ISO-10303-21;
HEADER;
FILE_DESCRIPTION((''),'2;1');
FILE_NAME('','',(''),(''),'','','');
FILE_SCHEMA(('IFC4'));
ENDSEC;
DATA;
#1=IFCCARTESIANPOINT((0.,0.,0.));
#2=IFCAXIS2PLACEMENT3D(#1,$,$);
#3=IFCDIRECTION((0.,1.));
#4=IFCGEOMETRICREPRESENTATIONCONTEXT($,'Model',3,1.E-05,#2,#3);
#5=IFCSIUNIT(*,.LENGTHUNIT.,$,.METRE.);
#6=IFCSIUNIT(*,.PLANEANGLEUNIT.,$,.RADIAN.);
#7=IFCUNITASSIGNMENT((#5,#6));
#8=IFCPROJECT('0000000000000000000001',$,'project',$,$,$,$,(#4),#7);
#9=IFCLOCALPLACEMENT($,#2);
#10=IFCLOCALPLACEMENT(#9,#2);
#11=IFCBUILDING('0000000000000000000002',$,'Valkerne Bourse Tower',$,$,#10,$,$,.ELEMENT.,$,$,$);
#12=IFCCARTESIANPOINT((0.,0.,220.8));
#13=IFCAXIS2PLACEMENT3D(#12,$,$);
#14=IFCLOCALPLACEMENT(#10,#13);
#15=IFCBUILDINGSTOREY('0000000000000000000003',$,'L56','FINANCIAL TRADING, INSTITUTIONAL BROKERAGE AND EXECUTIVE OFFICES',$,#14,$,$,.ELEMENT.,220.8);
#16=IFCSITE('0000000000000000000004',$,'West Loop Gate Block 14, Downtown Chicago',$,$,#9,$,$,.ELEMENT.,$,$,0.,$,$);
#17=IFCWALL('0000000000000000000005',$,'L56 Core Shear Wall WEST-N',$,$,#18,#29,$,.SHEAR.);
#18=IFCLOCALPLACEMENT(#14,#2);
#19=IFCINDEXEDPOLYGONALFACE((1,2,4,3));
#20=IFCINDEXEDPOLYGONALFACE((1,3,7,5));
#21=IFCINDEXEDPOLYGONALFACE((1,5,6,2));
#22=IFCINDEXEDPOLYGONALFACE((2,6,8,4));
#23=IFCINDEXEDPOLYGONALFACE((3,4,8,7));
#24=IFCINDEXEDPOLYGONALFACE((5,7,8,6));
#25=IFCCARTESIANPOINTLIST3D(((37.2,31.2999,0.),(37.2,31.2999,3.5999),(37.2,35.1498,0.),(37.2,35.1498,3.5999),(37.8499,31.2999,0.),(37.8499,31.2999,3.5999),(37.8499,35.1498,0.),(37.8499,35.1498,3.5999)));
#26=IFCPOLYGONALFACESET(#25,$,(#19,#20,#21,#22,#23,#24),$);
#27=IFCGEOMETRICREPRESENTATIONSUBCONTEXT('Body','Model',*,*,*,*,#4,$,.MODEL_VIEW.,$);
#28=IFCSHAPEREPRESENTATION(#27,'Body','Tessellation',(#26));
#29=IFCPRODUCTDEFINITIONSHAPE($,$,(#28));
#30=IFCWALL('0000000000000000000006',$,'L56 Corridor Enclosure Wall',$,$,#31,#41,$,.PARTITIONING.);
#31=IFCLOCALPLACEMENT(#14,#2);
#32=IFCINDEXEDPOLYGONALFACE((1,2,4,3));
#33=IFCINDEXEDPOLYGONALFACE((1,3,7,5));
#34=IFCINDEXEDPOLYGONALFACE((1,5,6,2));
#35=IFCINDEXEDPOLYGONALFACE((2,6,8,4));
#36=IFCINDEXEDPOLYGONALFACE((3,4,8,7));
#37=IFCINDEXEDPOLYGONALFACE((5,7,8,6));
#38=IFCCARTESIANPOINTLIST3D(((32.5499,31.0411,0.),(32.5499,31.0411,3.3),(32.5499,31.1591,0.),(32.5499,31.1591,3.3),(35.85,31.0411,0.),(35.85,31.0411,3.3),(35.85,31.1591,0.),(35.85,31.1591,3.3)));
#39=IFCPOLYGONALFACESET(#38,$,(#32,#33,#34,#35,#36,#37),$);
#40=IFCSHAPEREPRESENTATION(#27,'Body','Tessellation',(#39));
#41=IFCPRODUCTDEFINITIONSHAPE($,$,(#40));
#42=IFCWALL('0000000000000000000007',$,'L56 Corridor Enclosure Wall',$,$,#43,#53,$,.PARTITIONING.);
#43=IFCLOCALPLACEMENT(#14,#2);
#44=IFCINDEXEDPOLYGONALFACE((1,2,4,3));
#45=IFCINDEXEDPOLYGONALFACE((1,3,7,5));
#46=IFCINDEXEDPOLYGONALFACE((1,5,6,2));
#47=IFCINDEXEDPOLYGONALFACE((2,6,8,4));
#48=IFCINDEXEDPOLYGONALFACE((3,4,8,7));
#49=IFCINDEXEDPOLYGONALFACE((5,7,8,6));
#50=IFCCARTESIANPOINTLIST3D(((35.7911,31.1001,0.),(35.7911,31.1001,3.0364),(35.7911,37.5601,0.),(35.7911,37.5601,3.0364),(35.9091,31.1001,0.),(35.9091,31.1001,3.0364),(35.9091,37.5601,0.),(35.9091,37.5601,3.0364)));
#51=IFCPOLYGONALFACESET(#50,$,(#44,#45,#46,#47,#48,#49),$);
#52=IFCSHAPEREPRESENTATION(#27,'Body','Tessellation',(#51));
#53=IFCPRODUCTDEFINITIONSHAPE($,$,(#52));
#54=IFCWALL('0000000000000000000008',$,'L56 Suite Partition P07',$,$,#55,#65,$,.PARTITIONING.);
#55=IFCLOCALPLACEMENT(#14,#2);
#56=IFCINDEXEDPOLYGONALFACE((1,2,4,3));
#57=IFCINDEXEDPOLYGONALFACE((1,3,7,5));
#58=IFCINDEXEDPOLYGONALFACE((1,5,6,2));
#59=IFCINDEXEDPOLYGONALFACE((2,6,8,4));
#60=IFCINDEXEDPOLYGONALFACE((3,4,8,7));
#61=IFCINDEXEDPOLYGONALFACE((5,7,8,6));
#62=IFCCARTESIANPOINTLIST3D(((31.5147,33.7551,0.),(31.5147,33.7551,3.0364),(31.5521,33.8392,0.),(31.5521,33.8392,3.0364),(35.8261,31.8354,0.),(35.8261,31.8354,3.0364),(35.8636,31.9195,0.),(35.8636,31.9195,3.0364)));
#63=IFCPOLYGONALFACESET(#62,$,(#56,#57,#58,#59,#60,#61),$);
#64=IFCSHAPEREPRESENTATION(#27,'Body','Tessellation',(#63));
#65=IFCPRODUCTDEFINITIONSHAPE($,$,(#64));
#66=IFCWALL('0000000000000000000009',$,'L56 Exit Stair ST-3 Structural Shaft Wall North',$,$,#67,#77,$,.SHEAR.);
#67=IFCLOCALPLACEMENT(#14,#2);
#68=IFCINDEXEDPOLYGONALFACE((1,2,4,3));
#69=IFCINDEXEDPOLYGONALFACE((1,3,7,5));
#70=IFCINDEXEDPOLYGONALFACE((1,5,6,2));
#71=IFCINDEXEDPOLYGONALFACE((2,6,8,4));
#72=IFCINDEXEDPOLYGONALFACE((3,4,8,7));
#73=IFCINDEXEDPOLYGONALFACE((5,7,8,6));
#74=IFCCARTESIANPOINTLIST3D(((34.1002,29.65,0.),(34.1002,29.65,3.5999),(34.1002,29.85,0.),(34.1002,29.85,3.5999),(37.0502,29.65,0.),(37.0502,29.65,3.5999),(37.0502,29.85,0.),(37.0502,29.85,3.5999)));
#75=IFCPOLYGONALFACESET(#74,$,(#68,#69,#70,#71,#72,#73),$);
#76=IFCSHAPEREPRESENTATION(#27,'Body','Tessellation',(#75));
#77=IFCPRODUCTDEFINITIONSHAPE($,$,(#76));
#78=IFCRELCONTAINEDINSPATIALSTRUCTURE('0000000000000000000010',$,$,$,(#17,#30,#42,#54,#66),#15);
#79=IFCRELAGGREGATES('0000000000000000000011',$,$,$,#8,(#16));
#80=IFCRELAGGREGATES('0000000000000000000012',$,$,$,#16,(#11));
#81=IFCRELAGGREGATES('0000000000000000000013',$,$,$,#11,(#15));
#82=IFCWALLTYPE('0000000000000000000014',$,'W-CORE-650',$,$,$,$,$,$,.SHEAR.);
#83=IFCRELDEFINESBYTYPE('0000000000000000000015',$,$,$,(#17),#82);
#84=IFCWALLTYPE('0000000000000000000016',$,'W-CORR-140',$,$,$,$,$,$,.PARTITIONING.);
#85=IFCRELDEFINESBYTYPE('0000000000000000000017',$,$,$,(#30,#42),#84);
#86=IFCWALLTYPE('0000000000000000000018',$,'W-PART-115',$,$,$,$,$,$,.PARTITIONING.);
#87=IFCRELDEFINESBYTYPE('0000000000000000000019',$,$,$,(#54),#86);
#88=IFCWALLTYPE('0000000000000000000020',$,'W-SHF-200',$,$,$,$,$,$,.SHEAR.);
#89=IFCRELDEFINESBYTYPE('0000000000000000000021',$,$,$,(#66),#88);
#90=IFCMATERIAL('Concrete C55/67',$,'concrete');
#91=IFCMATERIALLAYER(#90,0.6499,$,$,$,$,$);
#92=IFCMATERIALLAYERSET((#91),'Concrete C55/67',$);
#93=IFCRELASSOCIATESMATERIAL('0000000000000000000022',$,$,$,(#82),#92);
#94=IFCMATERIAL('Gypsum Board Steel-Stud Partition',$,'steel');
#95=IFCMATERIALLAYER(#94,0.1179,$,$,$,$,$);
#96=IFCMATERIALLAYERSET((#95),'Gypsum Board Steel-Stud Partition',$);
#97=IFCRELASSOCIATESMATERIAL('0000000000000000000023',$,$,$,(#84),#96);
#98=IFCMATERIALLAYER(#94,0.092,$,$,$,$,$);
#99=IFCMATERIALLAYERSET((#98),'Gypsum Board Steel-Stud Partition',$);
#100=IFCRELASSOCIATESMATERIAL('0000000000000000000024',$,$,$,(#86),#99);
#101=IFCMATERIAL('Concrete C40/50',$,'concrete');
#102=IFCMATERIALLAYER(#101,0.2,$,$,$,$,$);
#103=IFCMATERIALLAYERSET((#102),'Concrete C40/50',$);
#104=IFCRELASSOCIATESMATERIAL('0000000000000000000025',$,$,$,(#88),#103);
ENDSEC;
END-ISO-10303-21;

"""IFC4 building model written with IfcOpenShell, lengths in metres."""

from ifc_helpers import new_model, si_unit, direction, frame, frame_2d, origin, place, context, subcontext, project, spatial, rectangle, extrude, material, layer, layer_set, type_object, element, save


model = new_model("IFC4")

# Units and contexts
model_context = context("Model", 3, precision=1e-05, world=origin(), true_north=direction((0.0, 1.0)))
body_context = subcontext(model_context, "Body", "Model", "MODEL_VIEW")
ifc_project = project(units=[si_unit("LENGTHUNIT", "METRE"), si_unit("PLANEANGLEUNIT", "RADIAN")], contexts=[model_context])

# Site, building, storey
site_placement = place(None, origin())
site = spatial("IfcSite", under=ifc_project, at=site_placement, Name="West Loop Gate Block 14, Downtown Chicago", CompositionType="ELEMENT", RefElevation=0.0)
building_placement = place(site_placement, origin())
building = spatial("IfcBuilding", under=site, at=building_placement, Name="Valkerne Bourse Tower", CompositionType="ELEMENT")
storey_placement = place(building_placement, frame((0.0, 0.0, 220.8)))
storey = spatial("IfcBuildingStorey", under=building, at=storey_placement, Name="L56", Description="FINANCIAL TRADING, INSTITUTIONAL BROKERAGE AND EXECUTIVE OFFICES", CompositionType="ELEMENT", Elevation=220.8)

# Shared definitions
ifc_material_1 = material(Name="Concrete C55/67", Category="concrete")
ifc_layer_1 = layer(ifc_material_1, 0.6499)
ifc_layer_set_1 = layer_set([ifc_layer_1], Name="Concrete C55/67")
wall_type_1 = type_object("IfcWallType", Name="W-CORE-650", PredefinedType="SHEAR", material=ifc_layer_set_1)

# Walls
wall_1_placement = place(storey_placement, frame((37.5249, 31.3, 0.0), z_axis=(0.0, 0.0, 1.0), x_axis=(0.0, 1.0, 0.0)))
element("IfcWall", 1, at=wall_1_placement, inside=storey, type_object=wall_type_1, Name="L56 Core Shear Wall WEST-N", PredefinedType="SHEAR", context=body_context, shape_type="SweptSolid", body=[
    extrude(rectangle(XDim=3.8499, YDim=0.6499, at=frame_2d((1.9248, 0.0))), origin(), (0.0, 0.0, 1.0), 3.5999),
])
ifc_material_2 = material(Name="Gypsum Board Steel-Stud Partition", Category="steel")
ifc_layer_2 = layer(ifc_material_2, 0.1179)
ifc_layer_set_2 = layer_set([ifc_layer_2], Name="Gypsum Board Steel-Stud Partition")
wall_type_2 = type_object("IfcWallType", Name="W-CORR-140", PredefinedType="PARTITIONING", material=ifc_layer_set_2)
wall_2_placement = place(storey_placement, frame((32.55, 31.1001, 0.0), z_axis=(0.0, 0.0, 1.0), x_axis=(1.0, 0.0, 0.0)))
element("IfcWall", 2, at=wall_2_placement, inside=storey, type_object=wall_type_2, Name="L56 Corridor Enclosure Wall", PredefinedType="PARTITIONING", context=body_context, shape_type="SweptSolid", body=[
    extrude(rectangle(XDim=3.3, YDim=0.1179, at=frame_2d((1.6499, 0.0))), origin(), (0.0, 0.0, 1.0), 3.3),
])
wall_3_placement = place(storey_placement, frame((35.8501, 31.1001, 0.0), z_axis=(0.0, 0.0, 1.0), x_axis=(0.0, 1.0, 0.0)))
element("IfcWall", 3, at=wall_3_placement, inside=storey, type_object=wall_type_2, Name="L56 Corridor Enclosure Wall", PredefinedType="PARTITIONING", context=body_context, shape_type="SweptSolid", body=[
    extrude(rectangle(XDim=6.46, YDim=0.1179, at=frame_2d((3.23, 0.0))), origin(), (0.0, 0.0, 1.0), 3.0364),
])
ifc_layer_3 = layer(ifc_material_2, 0.092)
ifc_layer_set_3 = layer_set([ifc_layer_3], Name="Gypsum Board Steel-Stud Partition")
wall_type_3 = type_object("IfcWallType", Name="W-PART-115", PredefinedType="PARTITIONING", material=ifc_layer_set_3)
wall_4_placement = place(storey_placement, frame((35.845, 31.8774, 0.0), z_axis=(0.0, 0.0, 1.0), x_axis=(-0.91354, 0.406748, 0.0)))
element("IfcWall", 4, at=wall_4_placement, inside=storey, type_object=wall_type_3, Name="L56 Suite Partition P07", PredefinedType="PARTITIONING", context=body_context, shape_type="SweptSolid", body=[
    extrude(rectangle(XDim=4.7195, YDim=0.092, at=frame_2d((2.3599, 0.0))), origin(), (0.0, 0.0, 1.0), 3.0364),
])
ifc_material_3 = material(Name="Concrete C40/50", Category="concrete")
ifc_layer_4 = layer(ifc_material_3, 0.2)
ifc_layer_set_4 = layer_set([ifc_layer_4], Name="Concrete C40/50")
wall_type_4 = type_object("IfcWallType", Name="W-SHF-200", PredefinedType="SHEAR", material=ifc_layer_set_4)
wall_5_placement = place(storey_placement, frame((34.1001, 29.75, 0.0), z_axis=(0.0, 0.0, 1.0), x_axis=(1.0, 0.0, 0.0)))
element("IfcWall", 5, at=wall_5_placement, inside=storey, type_object=wall_type_4, Name="L56 Exit Stair ST-3 Structural Shaft Wall North", PredefinedType="SHEAR", context=body_context, shape_type="SweptSolid", body=[
    extrude(rectangle(XDim=2.95, YDim=0.2, at=frame_2d((1.4751, 0.0))), origin(), (0.0, 0.0, 1.0), 3.5999),
])

save(model, "model.ifc")
